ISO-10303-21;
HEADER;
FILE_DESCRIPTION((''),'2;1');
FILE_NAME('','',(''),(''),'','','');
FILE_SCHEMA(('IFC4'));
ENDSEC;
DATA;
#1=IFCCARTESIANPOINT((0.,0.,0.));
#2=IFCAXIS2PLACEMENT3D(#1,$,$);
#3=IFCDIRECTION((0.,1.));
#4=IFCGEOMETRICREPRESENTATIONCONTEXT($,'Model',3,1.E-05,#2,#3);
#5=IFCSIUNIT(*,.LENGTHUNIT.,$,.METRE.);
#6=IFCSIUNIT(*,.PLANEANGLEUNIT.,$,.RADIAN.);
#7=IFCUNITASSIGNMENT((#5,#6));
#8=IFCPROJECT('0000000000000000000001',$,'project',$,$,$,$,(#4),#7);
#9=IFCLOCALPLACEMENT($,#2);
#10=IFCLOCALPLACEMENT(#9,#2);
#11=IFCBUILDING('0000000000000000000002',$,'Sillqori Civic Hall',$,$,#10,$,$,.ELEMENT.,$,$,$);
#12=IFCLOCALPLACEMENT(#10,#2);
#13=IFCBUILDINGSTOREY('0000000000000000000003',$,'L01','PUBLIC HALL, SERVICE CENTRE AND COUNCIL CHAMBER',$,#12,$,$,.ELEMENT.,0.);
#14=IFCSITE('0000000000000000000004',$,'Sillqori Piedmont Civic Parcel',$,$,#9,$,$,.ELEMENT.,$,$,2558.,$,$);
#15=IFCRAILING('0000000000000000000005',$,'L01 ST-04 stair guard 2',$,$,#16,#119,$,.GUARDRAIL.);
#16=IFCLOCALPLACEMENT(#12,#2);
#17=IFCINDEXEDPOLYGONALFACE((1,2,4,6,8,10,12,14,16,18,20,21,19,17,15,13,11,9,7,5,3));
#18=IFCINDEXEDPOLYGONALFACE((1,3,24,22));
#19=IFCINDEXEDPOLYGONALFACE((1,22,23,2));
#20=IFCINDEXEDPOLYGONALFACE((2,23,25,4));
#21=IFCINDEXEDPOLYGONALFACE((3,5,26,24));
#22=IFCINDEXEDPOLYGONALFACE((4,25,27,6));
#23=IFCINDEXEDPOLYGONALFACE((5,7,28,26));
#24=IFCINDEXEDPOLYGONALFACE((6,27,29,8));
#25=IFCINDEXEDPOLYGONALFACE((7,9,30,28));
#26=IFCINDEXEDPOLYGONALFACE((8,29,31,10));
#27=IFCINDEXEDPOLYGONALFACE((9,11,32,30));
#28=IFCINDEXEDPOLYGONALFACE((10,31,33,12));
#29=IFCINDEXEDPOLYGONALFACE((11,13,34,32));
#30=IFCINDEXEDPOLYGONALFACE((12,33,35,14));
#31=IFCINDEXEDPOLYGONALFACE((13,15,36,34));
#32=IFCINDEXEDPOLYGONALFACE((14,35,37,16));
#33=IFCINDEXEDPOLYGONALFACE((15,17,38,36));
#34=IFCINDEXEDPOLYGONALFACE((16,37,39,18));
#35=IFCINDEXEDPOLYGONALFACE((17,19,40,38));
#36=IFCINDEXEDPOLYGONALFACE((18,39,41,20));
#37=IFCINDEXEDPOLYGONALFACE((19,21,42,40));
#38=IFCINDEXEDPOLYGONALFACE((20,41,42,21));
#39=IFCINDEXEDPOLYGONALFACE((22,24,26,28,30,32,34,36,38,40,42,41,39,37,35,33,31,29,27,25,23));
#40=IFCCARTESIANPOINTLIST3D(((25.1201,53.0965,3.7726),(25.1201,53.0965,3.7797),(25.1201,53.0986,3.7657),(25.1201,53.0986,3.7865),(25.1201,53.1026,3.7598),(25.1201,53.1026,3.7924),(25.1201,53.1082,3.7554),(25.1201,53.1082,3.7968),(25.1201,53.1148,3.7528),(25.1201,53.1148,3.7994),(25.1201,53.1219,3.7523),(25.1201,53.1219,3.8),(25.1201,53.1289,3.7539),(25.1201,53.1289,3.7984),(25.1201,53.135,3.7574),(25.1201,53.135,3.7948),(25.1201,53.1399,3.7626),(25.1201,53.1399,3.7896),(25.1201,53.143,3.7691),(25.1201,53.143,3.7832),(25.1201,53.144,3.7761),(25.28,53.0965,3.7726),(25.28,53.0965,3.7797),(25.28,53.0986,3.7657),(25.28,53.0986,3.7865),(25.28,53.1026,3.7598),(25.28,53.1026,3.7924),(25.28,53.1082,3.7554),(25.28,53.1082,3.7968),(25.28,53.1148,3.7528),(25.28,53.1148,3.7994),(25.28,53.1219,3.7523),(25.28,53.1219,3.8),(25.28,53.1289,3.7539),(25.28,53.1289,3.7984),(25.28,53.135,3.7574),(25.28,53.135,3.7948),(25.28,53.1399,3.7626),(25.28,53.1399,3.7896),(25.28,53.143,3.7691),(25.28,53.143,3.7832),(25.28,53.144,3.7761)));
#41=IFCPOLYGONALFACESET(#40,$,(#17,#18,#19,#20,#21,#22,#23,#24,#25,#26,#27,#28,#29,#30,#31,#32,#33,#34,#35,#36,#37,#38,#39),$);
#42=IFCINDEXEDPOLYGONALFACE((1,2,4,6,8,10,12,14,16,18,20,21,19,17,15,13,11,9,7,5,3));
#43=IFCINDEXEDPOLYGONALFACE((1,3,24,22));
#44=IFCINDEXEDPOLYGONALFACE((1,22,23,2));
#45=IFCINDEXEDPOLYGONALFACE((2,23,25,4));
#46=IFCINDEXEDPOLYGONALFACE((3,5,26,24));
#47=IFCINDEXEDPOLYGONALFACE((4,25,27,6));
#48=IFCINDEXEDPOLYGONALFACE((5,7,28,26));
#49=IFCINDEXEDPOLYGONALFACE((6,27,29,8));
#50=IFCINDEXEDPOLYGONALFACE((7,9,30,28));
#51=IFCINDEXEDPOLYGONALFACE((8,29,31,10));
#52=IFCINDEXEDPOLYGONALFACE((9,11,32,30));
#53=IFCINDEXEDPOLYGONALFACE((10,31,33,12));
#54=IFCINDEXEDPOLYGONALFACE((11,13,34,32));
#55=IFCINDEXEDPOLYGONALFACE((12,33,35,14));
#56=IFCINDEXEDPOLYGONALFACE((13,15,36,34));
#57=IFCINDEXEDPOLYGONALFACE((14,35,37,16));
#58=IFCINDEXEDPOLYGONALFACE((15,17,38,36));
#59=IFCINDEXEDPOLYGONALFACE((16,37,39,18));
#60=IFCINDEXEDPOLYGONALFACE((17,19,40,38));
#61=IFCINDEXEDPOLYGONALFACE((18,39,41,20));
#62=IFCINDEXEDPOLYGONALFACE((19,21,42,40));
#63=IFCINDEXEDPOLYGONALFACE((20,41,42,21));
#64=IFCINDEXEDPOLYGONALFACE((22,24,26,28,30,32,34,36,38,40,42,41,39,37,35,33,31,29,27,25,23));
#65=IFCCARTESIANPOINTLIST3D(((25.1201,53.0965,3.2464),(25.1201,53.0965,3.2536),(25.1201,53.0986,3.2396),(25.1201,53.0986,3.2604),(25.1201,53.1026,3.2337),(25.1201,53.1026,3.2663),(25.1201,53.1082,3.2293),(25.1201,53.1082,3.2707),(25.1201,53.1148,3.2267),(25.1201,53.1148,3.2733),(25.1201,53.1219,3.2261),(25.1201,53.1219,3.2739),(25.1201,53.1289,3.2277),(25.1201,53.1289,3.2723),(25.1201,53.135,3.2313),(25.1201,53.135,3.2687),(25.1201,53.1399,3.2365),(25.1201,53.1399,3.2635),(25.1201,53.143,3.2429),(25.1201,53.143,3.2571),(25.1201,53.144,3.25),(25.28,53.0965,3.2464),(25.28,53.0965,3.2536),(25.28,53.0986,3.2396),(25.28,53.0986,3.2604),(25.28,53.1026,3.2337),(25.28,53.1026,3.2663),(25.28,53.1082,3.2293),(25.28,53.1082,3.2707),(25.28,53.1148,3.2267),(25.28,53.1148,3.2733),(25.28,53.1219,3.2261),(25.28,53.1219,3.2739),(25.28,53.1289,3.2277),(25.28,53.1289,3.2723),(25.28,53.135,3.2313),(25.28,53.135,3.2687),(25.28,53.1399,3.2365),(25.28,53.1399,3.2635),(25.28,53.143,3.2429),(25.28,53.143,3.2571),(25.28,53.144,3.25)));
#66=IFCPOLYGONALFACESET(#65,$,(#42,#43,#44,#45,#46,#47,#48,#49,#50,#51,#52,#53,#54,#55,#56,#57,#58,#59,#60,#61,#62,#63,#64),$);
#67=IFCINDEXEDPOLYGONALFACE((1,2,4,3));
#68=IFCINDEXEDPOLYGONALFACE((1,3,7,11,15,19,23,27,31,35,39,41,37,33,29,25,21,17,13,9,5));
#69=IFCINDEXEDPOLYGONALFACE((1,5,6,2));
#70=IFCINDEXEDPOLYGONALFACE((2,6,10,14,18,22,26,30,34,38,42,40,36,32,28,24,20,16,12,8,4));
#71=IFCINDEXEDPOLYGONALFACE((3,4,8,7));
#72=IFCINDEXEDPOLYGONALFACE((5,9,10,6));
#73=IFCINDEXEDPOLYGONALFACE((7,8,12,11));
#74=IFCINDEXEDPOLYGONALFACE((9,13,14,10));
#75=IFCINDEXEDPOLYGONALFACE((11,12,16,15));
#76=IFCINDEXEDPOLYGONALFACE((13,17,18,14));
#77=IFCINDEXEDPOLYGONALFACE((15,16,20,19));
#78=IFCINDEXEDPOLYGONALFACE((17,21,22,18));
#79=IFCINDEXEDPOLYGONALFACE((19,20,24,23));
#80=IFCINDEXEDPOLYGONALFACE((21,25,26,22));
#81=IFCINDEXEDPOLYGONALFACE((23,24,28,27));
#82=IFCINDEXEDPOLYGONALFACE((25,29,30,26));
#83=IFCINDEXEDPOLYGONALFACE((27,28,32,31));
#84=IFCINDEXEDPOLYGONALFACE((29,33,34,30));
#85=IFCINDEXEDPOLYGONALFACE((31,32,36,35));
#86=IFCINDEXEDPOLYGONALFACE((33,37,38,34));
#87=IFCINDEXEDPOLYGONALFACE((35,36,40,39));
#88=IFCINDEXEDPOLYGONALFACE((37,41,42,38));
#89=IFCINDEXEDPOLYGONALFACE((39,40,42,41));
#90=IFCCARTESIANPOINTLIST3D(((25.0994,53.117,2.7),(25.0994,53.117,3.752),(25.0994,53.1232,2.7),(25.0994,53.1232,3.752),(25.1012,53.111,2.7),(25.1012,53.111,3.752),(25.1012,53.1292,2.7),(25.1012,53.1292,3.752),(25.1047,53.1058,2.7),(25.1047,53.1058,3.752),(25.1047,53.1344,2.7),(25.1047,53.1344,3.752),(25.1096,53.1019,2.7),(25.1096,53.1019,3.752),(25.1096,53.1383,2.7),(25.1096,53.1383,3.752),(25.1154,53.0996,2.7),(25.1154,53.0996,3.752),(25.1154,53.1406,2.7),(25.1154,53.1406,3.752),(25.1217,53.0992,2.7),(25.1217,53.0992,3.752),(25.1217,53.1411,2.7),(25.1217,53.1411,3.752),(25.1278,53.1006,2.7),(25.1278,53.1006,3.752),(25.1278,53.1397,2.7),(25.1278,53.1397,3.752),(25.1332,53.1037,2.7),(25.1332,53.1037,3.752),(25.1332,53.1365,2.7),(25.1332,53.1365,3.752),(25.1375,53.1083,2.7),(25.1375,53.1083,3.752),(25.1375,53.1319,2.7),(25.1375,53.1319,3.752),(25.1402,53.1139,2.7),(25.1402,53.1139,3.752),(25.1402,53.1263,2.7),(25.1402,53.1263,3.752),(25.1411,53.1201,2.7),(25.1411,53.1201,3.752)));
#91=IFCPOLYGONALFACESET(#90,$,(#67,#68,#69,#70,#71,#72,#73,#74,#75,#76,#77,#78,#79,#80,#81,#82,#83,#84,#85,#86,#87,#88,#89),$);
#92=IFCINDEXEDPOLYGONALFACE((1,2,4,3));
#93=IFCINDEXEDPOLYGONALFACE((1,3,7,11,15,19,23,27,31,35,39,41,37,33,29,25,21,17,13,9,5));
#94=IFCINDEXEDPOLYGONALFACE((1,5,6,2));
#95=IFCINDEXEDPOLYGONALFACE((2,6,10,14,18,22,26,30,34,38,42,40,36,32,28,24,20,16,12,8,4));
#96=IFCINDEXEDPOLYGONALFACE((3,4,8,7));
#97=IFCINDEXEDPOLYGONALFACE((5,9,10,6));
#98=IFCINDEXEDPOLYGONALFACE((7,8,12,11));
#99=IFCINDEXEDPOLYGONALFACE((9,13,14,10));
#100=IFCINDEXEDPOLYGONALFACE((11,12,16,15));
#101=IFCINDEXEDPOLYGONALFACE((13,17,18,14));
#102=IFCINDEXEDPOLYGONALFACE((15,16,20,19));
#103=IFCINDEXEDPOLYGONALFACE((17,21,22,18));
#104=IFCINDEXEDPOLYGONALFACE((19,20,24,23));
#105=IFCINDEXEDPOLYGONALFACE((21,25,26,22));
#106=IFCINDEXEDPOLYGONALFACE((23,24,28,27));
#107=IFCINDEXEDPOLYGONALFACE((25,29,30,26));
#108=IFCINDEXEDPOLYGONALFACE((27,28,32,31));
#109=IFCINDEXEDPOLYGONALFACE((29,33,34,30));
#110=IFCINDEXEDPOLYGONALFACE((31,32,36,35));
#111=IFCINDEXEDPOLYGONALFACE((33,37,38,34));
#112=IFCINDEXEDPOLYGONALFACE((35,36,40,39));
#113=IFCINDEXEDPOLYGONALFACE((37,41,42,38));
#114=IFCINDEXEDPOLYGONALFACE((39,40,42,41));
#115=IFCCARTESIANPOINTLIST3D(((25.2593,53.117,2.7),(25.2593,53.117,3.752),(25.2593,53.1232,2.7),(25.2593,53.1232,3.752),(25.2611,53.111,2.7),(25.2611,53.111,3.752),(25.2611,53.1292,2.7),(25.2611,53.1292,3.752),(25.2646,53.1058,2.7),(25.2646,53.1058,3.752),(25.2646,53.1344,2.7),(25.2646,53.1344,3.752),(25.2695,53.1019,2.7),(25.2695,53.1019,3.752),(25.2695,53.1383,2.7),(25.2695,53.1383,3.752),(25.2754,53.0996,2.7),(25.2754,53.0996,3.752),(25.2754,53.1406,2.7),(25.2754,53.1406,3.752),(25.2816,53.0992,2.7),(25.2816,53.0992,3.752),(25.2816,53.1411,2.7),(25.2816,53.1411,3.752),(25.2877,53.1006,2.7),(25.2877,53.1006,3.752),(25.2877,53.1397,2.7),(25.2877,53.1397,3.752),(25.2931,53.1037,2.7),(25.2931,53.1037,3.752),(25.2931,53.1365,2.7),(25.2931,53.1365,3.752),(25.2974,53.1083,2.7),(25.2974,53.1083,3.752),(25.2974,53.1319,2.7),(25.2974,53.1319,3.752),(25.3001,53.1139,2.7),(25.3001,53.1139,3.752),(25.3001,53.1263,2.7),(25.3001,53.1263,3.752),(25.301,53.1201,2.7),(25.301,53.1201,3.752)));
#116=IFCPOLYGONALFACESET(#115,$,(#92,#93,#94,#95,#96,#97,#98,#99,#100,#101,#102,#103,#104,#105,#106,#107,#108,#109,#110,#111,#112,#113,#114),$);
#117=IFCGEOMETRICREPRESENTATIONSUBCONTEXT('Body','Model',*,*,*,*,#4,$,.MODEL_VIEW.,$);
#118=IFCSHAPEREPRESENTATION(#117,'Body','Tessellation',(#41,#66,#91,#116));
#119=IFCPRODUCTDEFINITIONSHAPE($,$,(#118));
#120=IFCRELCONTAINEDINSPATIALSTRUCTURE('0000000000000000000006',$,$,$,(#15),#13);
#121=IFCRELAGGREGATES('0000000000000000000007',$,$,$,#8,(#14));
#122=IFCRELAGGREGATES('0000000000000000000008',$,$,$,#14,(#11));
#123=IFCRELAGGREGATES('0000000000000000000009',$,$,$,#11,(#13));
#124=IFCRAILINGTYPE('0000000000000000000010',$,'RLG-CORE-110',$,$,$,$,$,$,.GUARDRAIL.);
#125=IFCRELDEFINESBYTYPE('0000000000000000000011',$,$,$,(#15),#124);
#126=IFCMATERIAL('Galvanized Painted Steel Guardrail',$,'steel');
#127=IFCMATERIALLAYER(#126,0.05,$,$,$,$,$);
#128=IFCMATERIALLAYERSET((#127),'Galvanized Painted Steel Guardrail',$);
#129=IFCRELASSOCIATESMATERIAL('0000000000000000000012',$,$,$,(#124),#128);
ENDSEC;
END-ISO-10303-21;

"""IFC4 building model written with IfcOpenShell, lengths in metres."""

from ifc_helpers import new_model, si_unit, direction, frame, origin, origin_2d, place, context, subcontext, project, spatial, circle, extrude, material, layer, layer_set, type_object, element, save


model = new_model("IFC4")

# Units and contexts
model_context = context("Model", 3, precision=1e-05, world=origin(), true_north=direction((0.0, 1.0)))
body_context = subcontext(model_context, "Body", "Model", "MODEL_VIEW")
ifc_project = project(units=[si_unit("LENGTHUNIT", "METRE"), si_unit("PLANEANGLEUNIT", "RADIAN")], contexts=[model_context])

# Site, building, storey
site_placement = place(None, origin())
site = spatial("IfcSite", under=ifc_project, at=site_placement, Name="Sillqori Piedmont Civic Parcel", CompositionType="ELEMENT", RefElevation=2558.0)
building_placement = place(site_placement, origin())
building = spatial("IfcBuilding", under=site, at=building_placement, Name="Sillqori Civic Hall", CompositionType="ELEMENT")
storey_placement = place(building_placement, origin())
storey = spatial("IfcBuildingStorey", under=building, at=storey_placement, Name="L01", Description="PUBLIC HALL, SERVICE CENTRE AND COUNCIL CHAMBER", CompositionType="ELEMENT", Elevation=0.0)

# Railing
ifc_material_1 = material(Name="Galvanized Painted Steel Guardrail", Category="steel")
ifc_layer_1 = layer(ifc_material_1, 0.05)
ifc_layer_set_1 = layer_set([ifc_layer_1], Name="Galvanized Painted Steel Guardrail")
railing_type_1 = type_object("IfcRailingType", Name="RLG-CORE-110", PredefinedType="GUARDRAIL", material=ifc_layer_set_1)
railing_1_placement = place(storey_placement, frame((25.1201, 53.1201, 2.7)))
element("IfcRailing", 1, at=railing_1_placement, inside=storey, type_object=railing_type_1, Name="L01 ST-04 stair guard 2", PredefinedType="GUARDRAIL", context=body_context, shape_type="SweptSolid", body=[
    extrude(circle(Radius=0.0239, at=origin_2d()), frame((0.0, 0.0, 1.0762), z_axis=(1.0, 0.0, 0.0), x_axis=(0.0, 1.0, 0.0)), (0.0, 0.0, 1.0), 0.1599),
    extrude(circle(Radius=0.0239, at=origin_2d()), frame((0.0, 0.0, 0.55), z_axis=(1.0, 0.0, 0.0), x_axis=(0.0, 1.0, 0.0)), (0.0, 0.0, 1.0), 0.1599),
    extrude(circle(Radius=0.021, at=origin_2d()), origin(), (0.0, 0.0, 1.0), 1.052),
    extrude(circle(Radius=0.021, at=origin_2d()), frame((0.1599, 0.0, 0.0)), (0.0, 0.0, 1.0), 1.052),
])

save(model, "model.ifc")
